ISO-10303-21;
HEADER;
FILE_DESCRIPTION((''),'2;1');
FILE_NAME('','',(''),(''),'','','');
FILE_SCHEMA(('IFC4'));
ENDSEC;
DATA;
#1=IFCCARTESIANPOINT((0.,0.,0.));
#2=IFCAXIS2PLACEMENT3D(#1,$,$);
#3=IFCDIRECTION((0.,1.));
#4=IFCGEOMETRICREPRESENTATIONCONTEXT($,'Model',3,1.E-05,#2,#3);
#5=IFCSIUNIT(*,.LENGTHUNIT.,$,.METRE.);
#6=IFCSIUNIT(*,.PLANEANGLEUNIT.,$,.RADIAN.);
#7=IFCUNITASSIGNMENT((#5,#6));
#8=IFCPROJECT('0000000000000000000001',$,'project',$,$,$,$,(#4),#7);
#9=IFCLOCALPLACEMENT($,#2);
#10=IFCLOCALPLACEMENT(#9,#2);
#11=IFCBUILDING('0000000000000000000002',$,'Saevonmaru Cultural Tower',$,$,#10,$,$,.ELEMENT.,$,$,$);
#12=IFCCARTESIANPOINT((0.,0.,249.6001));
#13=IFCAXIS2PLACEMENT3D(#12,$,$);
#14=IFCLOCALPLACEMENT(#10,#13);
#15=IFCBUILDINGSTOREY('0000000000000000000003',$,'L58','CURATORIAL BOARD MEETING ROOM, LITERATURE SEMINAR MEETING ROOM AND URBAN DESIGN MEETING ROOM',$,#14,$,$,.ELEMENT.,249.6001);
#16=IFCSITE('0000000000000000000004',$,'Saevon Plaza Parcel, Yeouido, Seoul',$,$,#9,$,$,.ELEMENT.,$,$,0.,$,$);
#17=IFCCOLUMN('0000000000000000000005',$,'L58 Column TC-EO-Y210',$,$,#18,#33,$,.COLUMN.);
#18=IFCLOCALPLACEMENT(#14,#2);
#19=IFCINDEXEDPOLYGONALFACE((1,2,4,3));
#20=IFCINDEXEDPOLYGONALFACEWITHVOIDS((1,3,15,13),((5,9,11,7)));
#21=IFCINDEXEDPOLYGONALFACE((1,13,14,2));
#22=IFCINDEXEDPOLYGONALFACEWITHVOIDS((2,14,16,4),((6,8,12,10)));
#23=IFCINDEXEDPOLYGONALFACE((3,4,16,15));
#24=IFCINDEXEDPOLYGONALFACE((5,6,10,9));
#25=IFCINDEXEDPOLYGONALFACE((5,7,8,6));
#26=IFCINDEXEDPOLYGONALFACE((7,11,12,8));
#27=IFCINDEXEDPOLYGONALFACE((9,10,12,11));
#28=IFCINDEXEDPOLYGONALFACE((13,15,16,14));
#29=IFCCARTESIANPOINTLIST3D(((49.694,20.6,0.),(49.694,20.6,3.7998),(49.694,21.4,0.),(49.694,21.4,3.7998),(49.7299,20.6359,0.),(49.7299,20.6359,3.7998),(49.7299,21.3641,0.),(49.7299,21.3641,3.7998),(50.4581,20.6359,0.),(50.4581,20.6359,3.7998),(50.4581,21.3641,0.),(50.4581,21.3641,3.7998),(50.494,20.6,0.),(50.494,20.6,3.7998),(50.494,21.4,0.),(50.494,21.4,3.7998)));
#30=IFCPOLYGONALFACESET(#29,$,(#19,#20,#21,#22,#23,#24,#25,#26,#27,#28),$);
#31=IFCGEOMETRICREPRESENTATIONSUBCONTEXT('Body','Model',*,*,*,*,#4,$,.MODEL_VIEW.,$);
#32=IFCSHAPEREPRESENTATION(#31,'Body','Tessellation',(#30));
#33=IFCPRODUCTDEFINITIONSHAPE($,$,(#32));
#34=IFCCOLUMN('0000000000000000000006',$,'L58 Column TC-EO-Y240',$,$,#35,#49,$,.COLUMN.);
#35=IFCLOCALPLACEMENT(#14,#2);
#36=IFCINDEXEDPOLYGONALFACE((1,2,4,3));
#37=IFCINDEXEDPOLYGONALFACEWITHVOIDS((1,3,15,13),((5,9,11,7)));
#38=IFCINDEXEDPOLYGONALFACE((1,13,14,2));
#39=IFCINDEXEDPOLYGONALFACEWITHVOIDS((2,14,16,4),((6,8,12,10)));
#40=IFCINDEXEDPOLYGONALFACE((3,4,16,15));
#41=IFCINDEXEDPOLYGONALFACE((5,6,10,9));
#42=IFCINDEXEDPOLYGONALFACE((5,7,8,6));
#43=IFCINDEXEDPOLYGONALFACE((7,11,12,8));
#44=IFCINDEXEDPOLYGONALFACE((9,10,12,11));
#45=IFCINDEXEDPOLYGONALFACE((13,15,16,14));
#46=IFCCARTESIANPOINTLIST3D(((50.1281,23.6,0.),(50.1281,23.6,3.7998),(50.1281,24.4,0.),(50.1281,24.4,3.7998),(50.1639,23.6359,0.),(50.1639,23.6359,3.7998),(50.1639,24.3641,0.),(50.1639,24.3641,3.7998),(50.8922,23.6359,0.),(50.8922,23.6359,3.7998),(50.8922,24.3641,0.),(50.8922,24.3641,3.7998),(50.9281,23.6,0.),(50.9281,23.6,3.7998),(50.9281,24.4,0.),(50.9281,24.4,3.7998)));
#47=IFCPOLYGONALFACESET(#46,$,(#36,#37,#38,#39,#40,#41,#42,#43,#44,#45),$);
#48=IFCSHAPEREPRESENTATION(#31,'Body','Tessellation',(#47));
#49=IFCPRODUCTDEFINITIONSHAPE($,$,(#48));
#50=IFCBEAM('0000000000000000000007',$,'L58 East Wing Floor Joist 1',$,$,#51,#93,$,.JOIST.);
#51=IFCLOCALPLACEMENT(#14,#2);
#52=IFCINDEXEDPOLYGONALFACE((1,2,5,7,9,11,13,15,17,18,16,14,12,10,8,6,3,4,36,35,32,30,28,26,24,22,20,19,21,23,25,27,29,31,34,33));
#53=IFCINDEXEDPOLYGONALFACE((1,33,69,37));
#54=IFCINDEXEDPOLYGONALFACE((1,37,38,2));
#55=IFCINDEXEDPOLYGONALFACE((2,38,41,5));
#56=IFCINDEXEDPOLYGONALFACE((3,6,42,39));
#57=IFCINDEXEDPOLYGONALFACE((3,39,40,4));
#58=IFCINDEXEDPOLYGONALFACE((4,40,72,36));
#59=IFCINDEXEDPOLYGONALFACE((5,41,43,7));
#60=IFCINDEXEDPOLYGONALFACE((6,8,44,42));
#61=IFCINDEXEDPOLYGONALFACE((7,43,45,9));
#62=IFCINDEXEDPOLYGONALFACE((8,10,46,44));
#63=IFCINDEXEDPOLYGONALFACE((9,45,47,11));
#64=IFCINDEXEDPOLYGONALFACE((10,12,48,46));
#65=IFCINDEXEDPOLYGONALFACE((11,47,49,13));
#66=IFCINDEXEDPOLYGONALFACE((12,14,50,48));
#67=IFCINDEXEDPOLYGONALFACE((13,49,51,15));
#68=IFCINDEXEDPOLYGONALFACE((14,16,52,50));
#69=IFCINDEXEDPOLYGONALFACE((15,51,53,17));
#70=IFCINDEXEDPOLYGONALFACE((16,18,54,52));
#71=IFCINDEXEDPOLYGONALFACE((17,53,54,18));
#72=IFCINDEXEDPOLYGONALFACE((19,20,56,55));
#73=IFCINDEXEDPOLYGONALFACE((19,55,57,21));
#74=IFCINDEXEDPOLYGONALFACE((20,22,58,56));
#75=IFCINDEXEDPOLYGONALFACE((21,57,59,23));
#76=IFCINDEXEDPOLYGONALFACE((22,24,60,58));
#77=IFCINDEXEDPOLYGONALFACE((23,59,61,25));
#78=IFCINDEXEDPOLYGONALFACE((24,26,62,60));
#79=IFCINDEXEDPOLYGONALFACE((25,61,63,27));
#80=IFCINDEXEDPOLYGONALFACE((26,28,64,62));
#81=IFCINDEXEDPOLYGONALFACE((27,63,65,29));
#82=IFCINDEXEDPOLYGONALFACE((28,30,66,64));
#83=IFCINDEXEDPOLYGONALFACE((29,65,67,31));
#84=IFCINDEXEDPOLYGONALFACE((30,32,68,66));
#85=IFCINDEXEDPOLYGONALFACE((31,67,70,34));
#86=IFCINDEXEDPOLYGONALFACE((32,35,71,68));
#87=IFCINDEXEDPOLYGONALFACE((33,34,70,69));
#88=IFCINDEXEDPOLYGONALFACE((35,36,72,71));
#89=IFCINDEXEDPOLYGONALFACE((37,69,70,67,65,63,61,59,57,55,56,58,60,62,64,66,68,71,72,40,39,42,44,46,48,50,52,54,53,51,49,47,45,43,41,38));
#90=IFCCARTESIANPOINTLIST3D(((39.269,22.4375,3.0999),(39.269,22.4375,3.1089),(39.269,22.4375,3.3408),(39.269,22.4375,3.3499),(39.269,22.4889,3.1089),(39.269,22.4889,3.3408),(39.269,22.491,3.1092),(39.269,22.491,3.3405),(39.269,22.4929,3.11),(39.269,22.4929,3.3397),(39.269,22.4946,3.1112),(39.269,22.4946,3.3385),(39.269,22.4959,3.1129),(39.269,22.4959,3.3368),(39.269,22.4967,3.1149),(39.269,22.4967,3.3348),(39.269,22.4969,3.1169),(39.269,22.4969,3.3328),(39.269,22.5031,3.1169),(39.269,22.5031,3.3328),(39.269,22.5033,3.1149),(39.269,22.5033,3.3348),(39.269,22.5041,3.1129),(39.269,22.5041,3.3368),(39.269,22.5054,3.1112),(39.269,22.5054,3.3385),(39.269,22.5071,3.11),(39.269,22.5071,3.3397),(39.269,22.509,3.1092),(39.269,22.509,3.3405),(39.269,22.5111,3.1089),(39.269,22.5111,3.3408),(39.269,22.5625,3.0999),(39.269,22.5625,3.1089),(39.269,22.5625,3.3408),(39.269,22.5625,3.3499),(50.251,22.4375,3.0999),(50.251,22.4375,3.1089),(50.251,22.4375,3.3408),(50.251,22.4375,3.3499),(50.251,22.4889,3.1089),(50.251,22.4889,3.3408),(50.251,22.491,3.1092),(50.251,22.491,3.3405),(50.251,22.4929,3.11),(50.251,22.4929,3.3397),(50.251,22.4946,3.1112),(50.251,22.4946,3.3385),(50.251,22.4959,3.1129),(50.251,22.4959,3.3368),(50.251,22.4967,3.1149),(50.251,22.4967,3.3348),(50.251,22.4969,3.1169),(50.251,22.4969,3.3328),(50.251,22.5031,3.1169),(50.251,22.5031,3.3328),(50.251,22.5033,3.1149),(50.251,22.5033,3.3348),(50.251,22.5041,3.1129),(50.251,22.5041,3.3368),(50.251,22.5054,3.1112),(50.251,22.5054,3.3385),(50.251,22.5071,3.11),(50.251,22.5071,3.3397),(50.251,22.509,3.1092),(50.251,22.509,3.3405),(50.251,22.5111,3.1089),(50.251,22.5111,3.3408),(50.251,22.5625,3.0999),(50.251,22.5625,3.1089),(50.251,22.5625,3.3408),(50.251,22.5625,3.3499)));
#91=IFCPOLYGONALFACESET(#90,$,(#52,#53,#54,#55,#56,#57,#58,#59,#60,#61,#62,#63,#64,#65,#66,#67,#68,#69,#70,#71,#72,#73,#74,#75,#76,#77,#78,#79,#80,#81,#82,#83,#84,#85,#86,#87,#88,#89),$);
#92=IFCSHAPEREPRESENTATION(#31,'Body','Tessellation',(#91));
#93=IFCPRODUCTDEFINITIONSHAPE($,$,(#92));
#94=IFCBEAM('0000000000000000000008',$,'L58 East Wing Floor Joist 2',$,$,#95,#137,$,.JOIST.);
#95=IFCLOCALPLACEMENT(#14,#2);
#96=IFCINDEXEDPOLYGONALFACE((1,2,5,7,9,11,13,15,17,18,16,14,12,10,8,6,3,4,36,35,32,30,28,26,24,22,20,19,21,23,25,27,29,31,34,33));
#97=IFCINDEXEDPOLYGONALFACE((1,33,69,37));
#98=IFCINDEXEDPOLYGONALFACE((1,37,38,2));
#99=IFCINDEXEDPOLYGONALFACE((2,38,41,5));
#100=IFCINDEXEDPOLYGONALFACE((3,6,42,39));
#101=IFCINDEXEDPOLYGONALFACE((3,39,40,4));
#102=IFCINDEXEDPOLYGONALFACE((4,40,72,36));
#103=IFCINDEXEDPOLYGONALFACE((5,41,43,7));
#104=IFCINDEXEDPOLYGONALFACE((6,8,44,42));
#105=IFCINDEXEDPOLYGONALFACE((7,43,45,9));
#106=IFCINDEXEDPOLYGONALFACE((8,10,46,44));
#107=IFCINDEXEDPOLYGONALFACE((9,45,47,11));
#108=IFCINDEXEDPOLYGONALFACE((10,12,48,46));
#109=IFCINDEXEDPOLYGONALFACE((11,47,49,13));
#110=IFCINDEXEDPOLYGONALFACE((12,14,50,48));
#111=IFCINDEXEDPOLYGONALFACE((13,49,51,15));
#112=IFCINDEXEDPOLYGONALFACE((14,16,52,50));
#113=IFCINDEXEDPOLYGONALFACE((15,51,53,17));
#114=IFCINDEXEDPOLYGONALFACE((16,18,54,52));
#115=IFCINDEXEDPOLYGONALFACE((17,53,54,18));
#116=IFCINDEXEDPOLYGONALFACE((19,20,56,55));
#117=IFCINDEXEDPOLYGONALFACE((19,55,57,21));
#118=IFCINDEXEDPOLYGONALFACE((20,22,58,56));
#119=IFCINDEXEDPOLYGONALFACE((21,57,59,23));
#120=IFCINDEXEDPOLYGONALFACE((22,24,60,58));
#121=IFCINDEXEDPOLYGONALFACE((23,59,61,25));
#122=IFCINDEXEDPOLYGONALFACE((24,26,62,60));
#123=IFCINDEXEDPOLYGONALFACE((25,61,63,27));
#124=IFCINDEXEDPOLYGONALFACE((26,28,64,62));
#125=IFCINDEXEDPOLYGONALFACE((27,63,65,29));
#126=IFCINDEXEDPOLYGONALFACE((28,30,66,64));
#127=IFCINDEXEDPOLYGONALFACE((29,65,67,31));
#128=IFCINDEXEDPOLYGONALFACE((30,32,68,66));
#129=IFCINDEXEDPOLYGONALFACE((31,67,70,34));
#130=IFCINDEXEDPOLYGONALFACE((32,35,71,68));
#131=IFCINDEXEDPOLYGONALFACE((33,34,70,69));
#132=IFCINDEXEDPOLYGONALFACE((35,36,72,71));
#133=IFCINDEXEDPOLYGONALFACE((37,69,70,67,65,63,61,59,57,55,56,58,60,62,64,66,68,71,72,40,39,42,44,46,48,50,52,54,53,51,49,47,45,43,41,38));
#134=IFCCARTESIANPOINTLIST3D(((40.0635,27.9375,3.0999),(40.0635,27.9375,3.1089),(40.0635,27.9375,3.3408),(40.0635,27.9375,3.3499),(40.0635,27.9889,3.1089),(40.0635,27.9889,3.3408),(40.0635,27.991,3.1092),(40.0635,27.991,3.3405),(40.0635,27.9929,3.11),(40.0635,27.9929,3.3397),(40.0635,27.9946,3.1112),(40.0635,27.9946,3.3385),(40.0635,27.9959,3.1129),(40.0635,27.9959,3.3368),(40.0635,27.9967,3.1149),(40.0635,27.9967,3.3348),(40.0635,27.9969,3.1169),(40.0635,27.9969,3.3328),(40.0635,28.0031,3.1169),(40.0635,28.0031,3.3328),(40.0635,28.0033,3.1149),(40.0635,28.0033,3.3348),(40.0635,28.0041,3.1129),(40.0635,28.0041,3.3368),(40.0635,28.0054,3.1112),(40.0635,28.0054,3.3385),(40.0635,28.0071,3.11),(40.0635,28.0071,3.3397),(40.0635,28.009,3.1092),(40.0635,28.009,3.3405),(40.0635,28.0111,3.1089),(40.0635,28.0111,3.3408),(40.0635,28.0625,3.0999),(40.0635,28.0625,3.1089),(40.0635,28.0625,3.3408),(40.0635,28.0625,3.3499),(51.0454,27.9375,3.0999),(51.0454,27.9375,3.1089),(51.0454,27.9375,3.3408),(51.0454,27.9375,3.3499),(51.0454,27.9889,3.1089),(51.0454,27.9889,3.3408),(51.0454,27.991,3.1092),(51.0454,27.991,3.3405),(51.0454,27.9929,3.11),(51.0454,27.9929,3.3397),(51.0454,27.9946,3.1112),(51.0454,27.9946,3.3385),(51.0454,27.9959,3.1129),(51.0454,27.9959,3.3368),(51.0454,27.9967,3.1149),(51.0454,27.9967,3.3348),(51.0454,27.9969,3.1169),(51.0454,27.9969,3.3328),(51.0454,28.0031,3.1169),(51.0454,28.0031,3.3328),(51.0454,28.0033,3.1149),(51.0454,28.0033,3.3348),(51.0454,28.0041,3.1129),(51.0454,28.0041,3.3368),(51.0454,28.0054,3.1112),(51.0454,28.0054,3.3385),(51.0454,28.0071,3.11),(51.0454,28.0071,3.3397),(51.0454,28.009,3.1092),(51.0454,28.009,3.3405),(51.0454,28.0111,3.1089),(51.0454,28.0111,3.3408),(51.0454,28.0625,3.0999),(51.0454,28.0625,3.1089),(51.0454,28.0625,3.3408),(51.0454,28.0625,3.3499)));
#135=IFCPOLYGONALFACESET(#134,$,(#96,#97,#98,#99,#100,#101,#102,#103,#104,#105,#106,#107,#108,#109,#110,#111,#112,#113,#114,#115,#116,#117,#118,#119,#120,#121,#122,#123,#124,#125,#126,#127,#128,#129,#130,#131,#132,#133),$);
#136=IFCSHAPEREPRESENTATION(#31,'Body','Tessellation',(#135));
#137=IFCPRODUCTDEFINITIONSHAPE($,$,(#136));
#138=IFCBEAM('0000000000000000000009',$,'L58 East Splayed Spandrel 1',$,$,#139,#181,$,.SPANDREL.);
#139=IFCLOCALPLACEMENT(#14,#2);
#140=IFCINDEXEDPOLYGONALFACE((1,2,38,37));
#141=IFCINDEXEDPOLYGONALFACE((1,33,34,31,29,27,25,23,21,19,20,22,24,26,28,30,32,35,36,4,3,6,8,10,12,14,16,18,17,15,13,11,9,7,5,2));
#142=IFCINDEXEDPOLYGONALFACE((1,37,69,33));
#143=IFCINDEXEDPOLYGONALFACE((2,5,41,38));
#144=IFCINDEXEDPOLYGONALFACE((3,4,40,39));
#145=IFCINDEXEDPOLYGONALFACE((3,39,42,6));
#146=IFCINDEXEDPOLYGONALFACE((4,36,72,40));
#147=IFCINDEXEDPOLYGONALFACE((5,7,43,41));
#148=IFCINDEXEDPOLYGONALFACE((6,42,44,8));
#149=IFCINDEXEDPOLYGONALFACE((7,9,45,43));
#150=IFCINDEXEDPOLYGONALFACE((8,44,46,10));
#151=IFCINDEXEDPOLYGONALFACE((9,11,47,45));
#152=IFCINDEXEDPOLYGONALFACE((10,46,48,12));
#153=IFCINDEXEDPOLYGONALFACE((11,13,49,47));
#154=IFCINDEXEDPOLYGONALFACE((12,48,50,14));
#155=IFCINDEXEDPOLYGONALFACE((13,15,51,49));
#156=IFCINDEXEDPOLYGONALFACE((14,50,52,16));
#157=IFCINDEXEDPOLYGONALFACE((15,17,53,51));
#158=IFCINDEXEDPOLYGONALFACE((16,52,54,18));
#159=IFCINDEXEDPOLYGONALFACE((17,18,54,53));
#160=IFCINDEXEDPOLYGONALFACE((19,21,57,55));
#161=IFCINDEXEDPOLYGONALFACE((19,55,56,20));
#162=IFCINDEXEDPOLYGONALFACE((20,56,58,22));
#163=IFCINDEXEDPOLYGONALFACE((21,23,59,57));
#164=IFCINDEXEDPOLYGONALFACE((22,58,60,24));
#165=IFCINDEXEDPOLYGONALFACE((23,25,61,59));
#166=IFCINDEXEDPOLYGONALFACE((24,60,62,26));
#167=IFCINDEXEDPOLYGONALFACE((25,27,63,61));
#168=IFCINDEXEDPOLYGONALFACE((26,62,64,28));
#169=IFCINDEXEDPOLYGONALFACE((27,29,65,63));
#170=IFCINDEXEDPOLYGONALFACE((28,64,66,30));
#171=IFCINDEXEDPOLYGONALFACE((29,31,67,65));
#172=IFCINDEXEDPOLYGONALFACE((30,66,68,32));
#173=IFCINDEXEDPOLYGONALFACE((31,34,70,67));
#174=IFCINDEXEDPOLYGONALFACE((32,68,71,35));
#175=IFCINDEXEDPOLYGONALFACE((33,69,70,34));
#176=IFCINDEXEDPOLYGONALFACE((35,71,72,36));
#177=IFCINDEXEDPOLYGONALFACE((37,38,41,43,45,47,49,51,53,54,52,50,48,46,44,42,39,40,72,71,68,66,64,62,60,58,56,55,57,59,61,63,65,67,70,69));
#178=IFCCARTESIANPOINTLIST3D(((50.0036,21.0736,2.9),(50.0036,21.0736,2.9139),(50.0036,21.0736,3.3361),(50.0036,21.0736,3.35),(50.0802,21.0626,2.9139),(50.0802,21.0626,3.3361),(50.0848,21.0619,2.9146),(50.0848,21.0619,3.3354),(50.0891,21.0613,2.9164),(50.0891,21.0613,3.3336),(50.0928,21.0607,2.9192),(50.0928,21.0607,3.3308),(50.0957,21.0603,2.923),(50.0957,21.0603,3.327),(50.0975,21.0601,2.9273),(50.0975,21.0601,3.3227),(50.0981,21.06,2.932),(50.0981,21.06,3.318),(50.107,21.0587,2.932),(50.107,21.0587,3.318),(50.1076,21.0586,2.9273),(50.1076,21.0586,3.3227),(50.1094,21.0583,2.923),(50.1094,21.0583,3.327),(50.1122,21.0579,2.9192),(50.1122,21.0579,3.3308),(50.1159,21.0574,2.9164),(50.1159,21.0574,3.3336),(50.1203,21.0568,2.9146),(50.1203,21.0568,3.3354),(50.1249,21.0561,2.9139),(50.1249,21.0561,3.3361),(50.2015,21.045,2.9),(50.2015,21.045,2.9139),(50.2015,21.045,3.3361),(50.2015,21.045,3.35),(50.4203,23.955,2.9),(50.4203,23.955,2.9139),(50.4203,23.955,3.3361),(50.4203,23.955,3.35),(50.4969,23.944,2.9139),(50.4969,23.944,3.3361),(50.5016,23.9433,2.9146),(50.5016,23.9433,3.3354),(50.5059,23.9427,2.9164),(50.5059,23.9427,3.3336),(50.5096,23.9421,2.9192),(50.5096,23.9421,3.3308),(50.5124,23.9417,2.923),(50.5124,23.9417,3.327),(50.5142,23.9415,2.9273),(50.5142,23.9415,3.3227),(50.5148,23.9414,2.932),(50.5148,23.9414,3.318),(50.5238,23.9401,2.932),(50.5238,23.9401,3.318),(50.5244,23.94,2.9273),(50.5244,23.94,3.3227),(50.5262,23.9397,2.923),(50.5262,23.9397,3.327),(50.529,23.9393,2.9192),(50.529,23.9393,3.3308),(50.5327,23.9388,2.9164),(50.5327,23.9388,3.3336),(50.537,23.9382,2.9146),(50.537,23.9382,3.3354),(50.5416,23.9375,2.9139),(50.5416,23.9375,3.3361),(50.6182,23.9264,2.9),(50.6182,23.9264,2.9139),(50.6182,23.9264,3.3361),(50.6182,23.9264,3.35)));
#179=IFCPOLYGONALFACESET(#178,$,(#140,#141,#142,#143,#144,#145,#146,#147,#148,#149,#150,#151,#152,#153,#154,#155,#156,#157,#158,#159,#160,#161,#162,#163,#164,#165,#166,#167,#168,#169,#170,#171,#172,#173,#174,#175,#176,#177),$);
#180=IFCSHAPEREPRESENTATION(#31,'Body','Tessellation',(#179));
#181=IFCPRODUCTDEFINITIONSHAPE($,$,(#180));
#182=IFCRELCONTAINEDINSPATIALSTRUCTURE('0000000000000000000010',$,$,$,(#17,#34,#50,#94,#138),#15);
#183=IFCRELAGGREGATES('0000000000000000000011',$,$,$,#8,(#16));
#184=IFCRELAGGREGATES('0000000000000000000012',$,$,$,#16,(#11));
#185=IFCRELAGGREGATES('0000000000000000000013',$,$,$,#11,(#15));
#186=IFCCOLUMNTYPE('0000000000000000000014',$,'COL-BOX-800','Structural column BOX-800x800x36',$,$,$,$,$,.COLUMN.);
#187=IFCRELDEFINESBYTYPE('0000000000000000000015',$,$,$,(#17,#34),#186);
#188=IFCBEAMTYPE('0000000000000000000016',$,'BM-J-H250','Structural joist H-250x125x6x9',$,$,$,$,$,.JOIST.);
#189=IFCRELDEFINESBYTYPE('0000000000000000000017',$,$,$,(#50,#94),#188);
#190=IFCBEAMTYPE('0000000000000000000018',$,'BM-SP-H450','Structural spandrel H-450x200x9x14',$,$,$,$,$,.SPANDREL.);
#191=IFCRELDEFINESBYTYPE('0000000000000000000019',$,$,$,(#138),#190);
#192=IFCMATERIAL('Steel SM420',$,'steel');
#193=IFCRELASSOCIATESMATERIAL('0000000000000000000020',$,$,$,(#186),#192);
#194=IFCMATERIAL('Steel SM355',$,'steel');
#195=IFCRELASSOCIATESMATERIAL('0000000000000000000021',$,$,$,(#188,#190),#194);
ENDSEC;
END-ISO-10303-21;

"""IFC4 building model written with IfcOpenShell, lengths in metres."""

from ifc_helpers import new_model, si_unit, direction, frame, origin, origin_2d, place, context, subcontext, project, spatial, hollow_rectangle, i_section, extrude, material, material_profile, profile_set, type_object, element, save


model = new_model("IFC4")

# Units and contexts
model_context = context("Model", 3, precision=1e-05, world=origin(), true_north=direction((0.0, 1.0)))
body_context = subcontext(model_context, "Body", "Model", "MODEL_VIEW")
ifc_project = project(units=[si_unit("LENGTHUNIT", "METRE"), si_unit("PLANEANGLEUNIT", "RADIAN")], contexts=[model_context])

# Site, building, storey
site_placement = place(None, origin())
site = spatial("IfcSite", under=ifc_project, at=site_placement, Name="Saevon Plaza Parcel, Yeouido, Seoul", CompositionType="ELEMENT", RefElevation=0.0)
building_placement = place(site_placement, origin())
building = spatial("IfcBuilding", under=site, at=building_placement, Name="Saevonmaru Cultural Tower", CompositionType="ELEMENT")
storey_placement = place(building_placement, frame((0.0, 0.0, 249.6001)))
storey = spatial("IfcBuildingStorey", under=building, at=storey_placement, Name="L58", Description="CURATORIAL BOARD MEETING ROOM, LITERATURE SEMINAR MEETING ROOM AND URBAN DESIGN MEETING ROOM", CompositionType="ELEMENT", Elevation=249.6001)

# Columns
ifc_material_1 = material(Name="Steel SM420", Category="steel")
ifc_material_profile_1 = material_profile(ifc_material_1, hollow_rectangle(XDim=0.8, YDim=0.8, WallThickness=0.0359, at=origin_2d()), Name="BOX-800x800x36")
ifc_profile_set_1 = profile_set([ifc_material_profile_1], Name="Steel SM420")
column_type = type_object("IfcColumnType", Name="COL-BOX-800", Description="Structural column BOX-800x800x36", PredefinedType="COLUMN", material=ifc_profile_set_1)
for number, where, z_axis, x_axis, name in (
    (1, (50.094, 21.0, 0.0), (0.0, 0.0, 1.0), (1.0, 0.0, 0.0), "L58 Column TC-EO-Y210"),
    (2, (50.5281, 24.0, 0.0), (0.0, 0.0, 1.0), (1.0, 0.0, 0.0), "L58 Column TC-EO-Y240"),
):
    element("IfcColumn", number, at=place(storey_placement, frame(where, z_axis=z_axis, x_axis=x_axis)), inside=storey, type_object=column_type, Name=name, PredefinedType="COLUMN", context=body_context, shape_type="SweptSolid", body=[
        extrude(hollow_rectangle(XDim=0.8, YDim=0.8, WallThickness=0.0359, at=origin_2d()), origin(), (0.0, 0.0, 1.0), 3.7998),
    ])

# Beams
ifc_material_2 = material(Name="Steel SM355", Category="steel")
ifc_material_profile_2 = material_profile(ifc_material_2, i_section(OverallWidth=0.125, OverallDepth=0.25, WebThickness=0.0061, FlangeThickness=0.009, FilletRadius=0.0081, at=origin_2d()), Name="H-250x125x6x9")
ifc_profile_set_2 = profile_set([ifc_material_profile_2], Name="Steel SM355")
beam_type_1 = type_object("IfcBeamType", Name="BM-J-H250", Description="Structural joist H-250x125x6x9", PredefinedType="JOIST", material=ifc_profile_set_2)
for number, where, z_axis, x_axis, name in (
    (3, (39.269, 22.5, 3.2249), (1.0, 0.0, 0.0), (0.0, 1.0, 0.0), "L58 East Wing Floor Joist 1"),
    (4, (40.0635, 28.0, 3.2249), (1.0, 0.0, 0.0), (0.0, 1.0, 0.0), "L58 East Wing Floor Joist 2"),
):
    element("IfcBeam", number, at=place(storey_placement, frame(where, z_axis=z_axis, x_axis=x_axis)), inside=storey, type_object=beam_type_1, Name=name, PredefinedType="JOIST", context=body_context, shape_type="SweptSolid", body=[
        extrude(i_section(OverallWidth=0.125, OverallDepth=0.25, WebThickness=0.0061, FlangeThickness=0.009, FilletRadius=0.0081, at=origin_2d()), origin(), (0.0, 0.0, 1.0), 10.9819),
    ])
ifc_material_profile_3 = material_profile(ifc_material_2, i_section(OverallWidth=0.2, OverallDepth=0.45, WebThickness=0.009, FlangeThickness=0.0139, FilletRadius=0.0181, at=origin_2d()), Name="H-450x200x9x14")
ifc_profile_set_3 = profile_set([ifc_material_profile_3], Name="Steel SM355")
beam_type_2 = type_object("IfcBeamType", Name="BM-SP-H450", Description="Structural spandrel H-450x200x9x14", PredefinedType="SPANDREL", material=ifc_profile_set_3)
beam_1_placement = place(storey_placement, frame((50.1025, 21.0593, 3.125), z_axis=(0.143147, 0.989701, 0.0), x_axis=(-0.989701, 0.143147, 0.0)))
element("IfcBeam", 5, at=beam_1_placement, inside=storey, type_object=beam_type_2, Name="L58 East Splayed Spandrel 1", PredefinedType="SPANDREL", context=body_context, shape_type="SweptSolid", body=[
    extrude(i_section(OverallWidth=0.2, OverallDepth=0.45, WebThickness=0.009, FlangeThickness=0.0139, FilletRadius=0.0181, at=origin_2d()), origin(), (0.0, 0.0, 1.0), 2.9114),
])

save(model, "model.ifc")
